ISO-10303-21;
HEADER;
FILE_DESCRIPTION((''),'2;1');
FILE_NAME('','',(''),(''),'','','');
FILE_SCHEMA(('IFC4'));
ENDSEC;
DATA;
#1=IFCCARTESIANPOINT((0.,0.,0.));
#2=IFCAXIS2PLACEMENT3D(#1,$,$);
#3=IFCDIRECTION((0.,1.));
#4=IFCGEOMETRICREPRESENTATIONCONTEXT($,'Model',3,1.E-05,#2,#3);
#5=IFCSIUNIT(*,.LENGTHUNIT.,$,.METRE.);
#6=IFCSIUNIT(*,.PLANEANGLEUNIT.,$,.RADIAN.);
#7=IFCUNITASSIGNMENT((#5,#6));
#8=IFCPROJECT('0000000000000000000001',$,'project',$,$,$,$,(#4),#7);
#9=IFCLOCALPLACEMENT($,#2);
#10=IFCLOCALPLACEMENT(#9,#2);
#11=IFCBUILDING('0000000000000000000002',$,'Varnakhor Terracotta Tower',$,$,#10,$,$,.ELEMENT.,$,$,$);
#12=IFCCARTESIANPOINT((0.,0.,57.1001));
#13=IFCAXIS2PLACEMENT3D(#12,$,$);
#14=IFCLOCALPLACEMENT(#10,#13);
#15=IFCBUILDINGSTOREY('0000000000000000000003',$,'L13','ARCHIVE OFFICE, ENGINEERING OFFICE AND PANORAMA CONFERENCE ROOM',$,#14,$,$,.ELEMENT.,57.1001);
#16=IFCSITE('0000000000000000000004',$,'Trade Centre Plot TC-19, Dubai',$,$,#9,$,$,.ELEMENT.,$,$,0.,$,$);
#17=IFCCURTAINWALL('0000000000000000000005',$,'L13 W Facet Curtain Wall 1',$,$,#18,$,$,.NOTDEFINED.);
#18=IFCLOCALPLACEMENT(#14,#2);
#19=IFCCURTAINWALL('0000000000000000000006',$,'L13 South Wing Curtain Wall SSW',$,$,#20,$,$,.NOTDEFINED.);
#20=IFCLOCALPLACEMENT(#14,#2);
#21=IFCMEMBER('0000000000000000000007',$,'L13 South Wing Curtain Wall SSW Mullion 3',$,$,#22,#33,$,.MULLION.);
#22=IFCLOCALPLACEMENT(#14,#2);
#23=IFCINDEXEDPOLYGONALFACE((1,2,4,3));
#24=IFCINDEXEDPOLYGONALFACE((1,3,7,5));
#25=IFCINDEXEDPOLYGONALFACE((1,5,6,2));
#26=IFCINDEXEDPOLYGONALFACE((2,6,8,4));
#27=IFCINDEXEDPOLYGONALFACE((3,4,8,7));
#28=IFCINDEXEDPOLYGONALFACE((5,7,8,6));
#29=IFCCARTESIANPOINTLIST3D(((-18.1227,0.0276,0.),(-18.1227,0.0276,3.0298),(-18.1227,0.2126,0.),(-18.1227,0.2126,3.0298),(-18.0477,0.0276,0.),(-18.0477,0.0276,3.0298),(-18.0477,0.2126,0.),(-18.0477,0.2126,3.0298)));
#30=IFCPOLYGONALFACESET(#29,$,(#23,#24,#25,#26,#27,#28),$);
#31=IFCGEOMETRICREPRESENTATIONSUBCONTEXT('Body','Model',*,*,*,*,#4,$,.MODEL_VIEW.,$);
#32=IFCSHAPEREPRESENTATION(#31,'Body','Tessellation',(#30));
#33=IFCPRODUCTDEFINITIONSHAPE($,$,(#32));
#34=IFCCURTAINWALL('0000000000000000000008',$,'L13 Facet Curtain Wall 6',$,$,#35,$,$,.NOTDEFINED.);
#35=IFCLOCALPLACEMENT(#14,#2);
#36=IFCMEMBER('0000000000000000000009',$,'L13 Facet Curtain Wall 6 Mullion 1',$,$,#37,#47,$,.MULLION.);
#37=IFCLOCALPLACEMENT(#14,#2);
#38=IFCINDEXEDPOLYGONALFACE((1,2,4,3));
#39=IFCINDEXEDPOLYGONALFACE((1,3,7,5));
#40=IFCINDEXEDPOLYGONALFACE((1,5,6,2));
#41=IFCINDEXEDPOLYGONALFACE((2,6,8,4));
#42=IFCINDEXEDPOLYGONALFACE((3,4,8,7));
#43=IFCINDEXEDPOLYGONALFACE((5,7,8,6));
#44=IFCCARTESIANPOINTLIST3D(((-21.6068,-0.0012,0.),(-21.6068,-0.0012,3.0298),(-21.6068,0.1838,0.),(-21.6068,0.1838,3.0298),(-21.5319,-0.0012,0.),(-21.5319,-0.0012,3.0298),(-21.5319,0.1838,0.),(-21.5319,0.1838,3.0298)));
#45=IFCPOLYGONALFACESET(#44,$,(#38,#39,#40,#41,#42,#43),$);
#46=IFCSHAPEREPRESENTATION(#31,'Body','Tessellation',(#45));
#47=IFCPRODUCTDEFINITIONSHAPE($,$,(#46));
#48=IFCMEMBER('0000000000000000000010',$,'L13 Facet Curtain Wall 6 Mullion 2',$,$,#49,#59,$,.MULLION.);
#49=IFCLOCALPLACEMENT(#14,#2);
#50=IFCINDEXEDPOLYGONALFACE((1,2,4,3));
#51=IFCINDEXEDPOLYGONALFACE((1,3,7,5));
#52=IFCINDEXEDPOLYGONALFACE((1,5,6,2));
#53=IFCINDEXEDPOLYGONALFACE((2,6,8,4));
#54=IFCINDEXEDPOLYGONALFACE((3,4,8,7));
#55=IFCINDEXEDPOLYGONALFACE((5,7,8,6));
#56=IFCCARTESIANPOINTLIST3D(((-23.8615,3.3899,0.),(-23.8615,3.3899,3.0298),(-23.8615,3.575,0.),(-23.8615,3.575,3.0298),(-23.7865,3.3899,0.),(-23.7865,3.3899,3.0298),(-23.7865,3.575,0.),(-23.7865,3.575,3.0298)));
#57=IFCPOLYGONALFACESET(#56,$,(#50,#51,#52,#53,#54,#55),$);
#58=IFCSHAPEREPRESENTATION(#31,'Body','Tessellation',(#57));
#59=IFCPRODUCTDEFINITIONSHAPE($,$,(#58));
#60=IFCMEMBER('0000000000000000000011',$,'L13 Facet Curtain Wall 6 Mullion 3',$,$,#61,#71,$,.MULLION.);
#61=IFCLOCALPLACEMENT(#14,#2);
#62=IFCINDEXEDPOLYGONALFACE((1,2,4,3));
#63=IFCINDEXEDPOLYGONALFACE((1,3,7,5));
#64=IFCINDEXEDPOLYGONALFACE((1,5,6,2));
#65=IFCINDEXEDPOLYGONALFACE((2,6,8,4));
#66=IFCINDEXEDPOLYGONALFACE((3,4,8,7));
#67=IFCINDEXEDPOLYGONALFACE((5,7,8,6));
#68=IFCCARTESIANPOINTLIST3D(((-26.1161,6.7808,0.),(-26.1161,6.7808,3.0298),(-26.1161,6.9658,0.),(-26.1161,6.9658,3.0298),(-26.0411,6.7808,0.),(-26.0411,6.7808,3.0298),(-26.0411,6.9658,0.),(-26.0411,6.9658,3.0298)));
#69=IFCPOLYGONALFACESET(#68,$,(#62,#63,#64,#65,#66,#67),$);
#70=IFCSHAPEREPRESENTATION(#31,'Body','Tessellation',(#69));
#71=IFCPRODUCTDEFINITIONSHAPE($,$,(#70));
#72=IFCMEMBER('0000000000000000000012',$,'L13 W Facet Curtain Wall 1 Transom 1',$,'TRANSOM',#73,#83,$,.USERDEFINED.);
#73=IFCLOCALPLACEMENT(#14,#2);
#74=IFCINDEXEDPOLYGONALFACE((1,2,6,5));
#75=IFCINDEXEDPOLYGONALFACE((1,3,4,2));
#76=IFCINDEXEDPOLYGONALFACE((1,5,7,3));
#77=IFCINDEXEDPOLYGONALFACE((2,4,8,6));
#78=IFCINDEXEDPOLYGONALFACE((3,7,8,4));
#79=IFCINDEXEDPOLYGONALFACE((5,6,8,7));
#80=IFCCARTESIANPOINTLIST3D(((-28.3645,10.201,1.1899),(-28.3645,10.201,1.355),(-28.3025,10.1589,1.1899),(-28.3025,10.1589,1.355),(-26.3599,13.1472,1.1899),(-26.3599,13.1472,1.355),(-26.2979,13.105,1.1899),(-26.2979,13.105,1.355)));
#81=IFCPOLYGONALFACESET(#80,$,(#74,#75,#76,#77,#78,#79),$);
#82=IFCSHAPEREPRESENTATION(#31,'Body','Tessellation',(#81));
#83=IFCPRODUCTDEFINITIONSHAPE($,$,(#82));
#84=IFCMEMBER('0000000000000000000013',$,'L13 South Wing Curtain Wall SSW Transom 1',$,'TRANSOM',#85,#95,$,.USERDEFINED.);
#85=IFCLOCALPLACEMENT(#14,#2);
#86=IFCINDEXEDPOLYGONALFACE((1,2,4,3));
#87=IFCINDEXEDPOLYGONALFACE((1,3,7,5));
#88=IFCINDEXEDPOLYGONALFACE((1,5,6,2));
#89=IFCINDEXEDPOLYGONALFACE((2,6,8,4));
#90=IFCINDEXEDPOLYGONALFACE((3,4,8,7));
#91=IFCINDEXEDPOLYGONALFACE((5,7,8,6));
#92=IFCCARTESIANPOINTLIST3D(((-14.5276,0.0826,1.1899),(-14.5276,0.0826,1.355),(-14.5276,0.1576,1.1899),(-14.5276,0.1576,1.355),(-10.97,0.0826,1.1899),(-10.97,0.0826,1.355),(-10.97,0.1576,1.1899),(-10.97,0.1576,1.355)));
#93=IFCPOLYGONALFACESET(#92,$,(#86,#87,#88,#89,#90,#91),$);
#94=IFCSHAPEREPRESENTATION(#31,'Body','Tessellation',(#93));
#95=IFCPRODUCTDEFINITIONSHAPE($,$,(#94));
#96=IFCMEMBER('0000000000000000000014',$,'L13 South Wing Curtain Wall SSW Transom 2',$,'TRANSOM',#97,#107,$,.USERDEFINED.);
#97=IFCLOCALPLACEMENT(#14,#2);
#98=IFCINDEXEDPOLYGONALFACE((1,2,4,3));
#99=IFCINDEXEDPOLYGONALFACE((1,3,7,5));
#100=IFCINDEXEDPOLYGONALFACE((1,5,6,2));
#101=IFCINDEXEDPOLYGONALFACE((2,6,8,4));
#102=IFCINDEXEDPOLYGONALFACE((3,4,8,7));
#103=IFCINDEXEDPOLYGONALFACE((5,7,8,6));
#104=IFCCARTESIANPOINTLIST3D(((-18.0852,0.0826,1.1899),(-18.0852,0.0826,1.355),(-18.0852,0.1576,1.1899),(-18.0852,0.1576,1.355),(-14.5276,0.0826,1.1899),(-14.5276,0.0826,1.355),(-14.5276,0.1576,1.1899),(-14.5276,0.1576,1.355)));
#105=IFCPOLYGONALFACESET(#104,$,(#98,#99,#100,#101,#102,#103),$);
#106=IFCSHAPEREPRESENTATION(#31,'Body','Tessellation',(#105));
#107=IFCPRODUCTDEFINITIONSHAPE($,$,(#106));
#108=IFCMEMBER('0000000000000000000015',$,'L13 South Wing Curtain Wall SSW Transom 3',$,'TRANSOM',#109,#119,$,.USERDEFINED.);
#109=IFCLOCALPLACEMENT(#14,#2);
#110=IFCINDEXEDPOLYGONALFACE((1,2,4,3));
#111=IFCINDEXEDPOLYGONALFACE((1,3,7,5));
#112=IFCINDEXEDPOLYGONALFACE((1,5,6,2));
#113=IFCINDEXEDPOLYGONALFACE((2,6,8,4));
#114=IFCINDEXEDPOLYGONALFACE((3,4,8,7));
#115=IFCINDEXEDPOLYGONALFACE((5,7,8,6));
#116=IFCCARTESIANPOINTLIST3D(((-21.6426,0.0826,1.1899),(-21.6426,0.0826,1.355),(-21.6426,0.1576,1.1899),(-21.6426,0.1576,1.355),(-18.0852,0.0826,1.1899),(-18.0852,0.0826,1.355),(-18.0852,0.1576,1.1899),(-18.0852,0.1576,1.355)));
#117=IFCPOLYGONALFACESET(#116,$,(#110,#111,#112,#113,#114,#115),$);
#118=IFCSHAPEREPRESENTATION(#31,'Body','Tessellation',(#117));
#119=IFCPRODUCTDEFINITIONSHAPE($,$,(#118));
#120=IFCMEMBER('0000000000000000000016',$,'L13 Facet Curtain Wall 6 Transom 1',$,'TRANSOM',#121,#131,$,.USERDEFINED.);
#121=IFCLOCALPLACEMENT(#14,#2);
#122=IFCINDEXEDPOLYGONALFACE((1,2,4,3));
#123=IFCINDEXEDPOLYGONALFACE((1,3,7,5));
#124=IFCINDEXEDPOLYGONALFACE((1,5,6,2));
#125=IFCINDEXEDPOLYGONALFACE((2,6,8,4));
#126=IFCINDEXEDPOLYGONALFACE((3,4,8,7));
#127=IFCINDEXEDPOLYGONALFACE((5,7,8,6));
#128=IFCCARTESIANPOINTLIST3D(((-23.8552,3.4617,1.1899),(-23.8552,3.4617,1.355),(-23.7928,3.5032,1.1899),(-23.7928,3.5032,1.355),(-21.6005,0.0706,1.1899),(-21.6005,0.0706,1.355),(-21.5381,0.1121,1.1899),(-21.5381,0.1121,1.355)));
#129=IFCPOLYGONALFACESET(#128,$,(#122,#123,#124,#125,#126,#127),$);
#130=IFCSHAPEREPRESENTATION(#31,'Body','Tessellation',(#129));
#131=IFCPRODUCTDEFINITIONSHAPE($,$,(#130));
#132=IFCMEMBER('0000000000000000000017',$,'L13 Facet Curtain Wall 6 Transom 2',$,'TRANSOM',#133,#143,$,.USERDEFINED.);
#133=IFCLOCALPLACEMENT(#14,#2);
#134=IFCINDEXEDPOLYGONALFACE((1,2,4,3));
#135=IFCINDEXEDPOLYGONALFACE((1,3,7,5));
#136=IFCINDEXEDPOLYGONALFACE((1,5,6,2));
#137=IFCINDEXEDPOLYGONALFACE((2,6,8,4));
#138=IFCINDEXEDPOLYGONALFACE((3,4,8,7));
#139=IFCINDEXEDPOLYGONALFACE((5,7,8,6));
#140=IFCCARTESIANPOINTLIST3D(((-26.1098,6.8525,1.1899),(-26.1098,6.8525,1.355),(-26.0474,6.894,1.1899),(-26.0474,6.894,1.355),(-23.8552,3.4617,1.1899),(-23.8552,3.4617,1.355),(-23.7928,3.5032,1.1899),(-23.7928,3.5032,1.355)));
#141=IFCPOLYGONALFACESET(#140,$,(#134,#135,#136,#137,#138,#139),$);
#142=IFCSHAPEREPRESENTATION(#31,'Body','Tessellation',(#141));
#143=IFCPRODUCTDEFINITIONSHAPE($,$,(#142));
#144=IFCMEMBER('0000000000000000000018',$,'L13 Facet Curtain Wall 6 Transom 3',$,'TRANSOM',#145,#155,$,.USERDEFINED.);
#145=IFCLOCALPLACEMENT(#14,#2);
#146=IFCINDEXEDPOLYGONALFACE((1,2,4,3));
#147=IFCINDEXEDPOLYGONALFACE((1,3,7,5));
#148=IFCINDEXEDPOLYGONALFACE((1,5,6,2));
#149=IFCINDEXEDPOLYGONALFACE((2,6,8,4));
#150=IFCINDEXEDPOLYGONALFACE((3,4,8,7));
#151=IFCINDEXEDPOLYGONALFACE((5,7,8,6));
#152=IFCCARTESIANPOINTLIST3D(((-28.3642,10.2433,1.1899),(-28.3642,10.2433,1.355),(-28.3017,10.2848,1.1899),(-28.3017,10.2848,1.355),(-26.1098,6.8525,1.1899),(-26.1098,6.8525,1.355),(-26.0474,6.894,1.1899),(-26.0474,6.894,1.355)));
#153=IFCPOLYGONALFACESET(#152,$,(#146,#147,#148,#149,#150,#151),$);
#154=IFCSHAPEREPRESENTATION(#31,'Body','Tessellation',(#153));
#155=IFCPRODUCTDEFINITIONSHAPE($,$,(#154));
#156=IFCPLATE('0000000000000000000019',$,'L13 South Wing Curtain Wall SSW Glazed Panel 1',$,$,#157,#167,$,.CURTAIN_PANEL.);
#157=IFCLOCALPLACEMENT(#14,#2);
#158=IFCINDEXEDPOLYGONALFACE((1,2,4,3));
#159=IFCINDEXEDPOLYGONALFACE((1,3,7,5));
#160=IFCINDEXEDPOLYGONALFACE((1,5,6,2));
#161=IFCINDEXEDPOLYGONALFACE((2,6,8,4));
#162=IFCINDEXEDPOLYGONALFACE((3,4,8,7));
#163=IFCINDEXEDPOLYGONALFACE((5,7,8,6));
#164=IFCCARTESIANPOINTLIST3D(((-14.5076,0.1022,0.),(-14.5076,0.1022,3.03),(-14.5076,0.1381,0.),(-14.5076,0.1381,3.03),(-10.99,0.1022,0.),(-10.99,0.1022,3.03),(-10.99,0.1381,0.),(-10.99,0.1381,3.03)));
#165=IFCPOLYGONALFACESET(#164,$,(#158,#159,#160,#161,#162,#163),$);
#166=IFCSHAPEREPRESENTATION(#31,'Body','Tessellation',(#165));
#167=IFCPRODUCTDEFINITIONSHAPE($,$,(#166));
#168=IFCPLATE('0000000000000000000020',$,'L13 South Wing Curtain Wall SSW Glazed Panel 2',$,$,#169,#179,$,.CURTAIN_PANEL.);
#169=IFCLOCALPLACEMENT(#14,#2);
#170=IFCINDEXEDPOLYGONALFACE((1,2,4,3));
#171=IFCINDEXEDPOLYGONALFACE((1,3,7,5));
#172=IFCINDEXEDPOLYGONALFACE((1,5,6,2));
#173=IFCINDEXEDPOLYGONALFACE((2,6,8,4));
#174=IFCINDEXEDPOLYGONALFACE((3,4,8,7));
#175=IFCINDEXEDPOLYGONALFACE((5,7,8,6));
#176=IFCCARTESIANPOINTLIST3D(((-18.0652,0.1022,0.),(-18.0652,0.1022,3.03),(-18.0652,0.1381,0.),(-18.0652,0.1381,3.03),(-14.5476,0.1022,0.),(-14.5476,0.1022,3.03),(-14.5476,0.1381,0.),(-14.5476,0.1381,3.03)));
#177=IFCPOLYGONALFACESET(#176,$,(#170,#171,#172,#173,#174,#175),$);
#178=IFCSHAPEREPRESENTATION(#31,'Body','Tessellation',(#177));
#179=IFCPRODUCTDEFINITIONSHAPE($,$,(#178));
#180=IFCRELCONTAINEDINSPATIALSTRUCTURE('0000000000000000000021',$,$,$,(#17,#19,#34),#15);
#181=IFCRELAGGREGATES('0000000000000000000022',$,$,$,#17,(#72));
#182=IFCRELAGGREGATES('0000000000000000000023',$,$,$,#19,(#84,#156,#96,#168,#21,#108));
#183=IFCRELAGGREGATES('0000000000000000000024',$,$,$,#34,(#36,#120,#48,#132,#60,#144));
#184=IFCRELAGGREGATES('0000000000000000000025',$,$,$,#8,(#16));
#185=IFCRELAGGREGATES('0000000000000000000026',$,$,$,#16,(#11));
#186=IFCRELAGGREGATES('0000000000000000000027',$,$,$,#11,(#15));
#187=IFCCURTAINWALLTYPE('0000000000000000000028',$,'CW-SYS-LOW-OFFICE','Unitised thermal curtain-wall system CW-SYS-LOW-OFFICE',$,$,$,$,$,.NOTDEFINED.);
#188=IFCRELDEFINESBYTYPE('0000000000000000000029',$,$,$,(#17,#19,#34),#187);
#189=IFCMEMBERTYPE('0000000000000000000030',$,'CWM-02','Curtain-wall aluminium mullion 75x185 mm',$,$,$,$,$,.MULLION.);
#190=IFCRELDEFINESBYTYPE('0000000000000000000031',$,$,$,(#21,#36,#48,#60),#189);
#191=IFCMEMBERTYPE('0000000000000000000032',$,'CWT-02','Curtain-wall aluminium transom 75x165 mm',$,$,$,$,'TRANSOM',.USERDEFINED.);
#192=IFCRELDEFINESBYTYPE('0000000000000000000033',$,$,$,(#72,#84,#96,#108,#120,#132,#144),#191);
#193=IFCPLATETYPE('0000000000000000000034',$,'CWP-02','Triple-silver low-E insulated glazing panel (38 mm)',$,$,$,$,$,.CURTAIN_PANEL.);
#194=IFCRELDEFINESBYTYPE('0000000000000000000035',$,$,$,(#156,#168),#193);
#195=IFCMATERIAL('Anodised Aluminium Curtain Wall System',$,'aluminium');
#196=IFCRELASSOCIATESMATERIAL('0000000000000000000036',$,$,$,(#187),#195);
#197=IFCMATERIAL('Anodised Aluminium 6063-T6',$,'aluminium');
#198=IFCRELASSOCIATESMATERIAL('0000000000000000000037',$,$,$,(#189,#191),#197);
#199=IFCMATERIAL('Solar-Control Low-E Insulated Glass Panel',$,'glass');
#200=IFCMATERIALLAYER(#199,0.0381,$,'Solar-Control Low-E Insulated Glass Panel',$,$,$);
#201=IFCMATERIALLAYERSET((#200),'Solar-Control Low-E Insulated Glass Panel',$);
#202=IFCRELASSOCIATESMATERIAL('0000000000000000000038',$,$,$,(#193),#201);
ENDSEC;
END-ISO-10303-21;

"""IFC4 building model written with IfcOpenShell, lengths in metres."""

from ifc_helpers import new_model, si_unit, direction, frame, origin, origin_2d, place, context, subcontext, project, spatial, rectangle, extrude, source, transform, mapped, material, layer, layer_set, material_profile, profile_set, type_object, element, aggregate, save


model = new_model("IFC4")

# Units and contexts
model_context = context("Model", 3, precision=1e-05, world=origin(), true_north=direction((0.0, 1.0)))
body_context = subcontext(model_context, "Body", "Model", "MODEL_VIEW")
ifc_project = project(units=[si_unit("LENGTHUNIT", "METRE"), si_unit("PLANEANGLEUNIT", "RADIAN")], contexts=[model_context])

# Site, building, storey
site_placement = place(None, origin())
site = spatial("IfcSite", under=ifc_project, at=site_placement, Name="Trade Centre Plot TC-19, Dubai", CompositionType="ELEMENT", RefElevation=0.0)
building_placement = place(site_placement, origin())
building = spatial("IfcBuilding", under=site, at=building_placement, Name="Varnakhor Terracotta Tower", CompositionType="ELEMENT")
storey_placement = place(building_placement, frame((0.0, 0.0, 57.1001)))
storey = spatial("IfcBuildingStorey", under=building, at=storey_placement, Name="L13", Description="ARCHIVE OFFICE, ENGINEERING OFFICE AND PANORAMA CONFERENCE ROOM", CompositionType="ELEMENT", Elevation=57.1001)

# Curtain wall
ifc_material_1 = material(Name="Anodised Aluminium Curtain Wall System", Category="aluminium")
curtain_wall_type = type_object("IfcCurtainWallType", Name="CW-SYS-LOW-OFFICE", Description="Unitised thermal curtain-wall system CW-SYS-LOW-OFFICE", PredefinedType="NOTDEFINED", material=ifc_material_1)
curtain_wall_1_placement = place(storey_placement, origin())
curtain_wall_1 = element("IfcCurtainWall", 1, at=curtain_wall_1_placement, inside=storey, type_object=curtain_wall_type, Name="L13 W Facet Curtain Wall 1", PredefinedType="NOTDEFINED")
ifc_material_2 = material(Name="Anodised Aluminium 6063-T6", Category="aluminium")
ifc_material_profile_1 = material_profile(ifc_material_2, rectangle(XDim=0.075, YDim=0.1851, at=origin_2d()), Name="ALU MULLION 75x185")
ifc_profile_set_1 = profile_set([ifc_material_profile_1], Name="Anodised Aluminium 6063-T6")
member_type_1 = type_object("IfcMemberType", Name="CWM-02", Description="Curtain-wall aluminium mullion 75x185 mm", PredefinedType="MULLION", material=ifc_profile_set_1)
shared_shape_1 = source(origin(), body_context, "Body", "SweptSolid", [
    extrude(rectangle(XDim=0.075, YDim=0.1851, at=origin_2d()), origin(), (0.0, 0.0, 1.0), 3.0298),
])

# Curtain walls, members
curtain_wall_2_placement = place(storey_placement, origin())
curtain_wall_2 = element("IfcCurtainWall", 2, at=curtain_wall_2_placement, inside=storey, type_object=curtain_wall_type, Name="L13 South Wing Curtain Wall SSW", PredefinedType="NOTDEFINED")
member_1_placement = place(storey_placement, frame((-18.0852, 0.1201, 0.0), z_axis=(0.0, 0.0, 1.0), x_axis=(1.0, 0.0, 0.0)))
member_1 = element("IfcMember", 3, at=member_1_placement, type_object=member_type_1, Name="L13 South Wing Curtain Wall SSW Mullion 3", PredefinedType="MULLION", context=body_context, shape_type="MappedRepresentation", body=[
    mapped(shared_shape_1, transform((0.0, 0.0, 0.0), scale=1.0)),
])
curtain_wall_3_placement = place(storey_placement, origin())
curtain_wall_3 = element("IfcCurtainWall", 4, at=curtain_wall_3_placement, inside=storey, type_object=curtain_wall_type, Name="L13 Facet Curtain Wall 6", PredefinedType="NOTDEFINED")
member_2_placement = place(storey_placement, frame((-21.5693, 0.0913, 0.0), z_axis=(0.0, 0.0, 1.0), x_axis=(1.0, 0.0, 0.0)))
member_2 = element("IfcMember", 5, at=member_2_placement, type_object=member_type_1, Name="L13 Facet Curtain Wall 6 Mullion 1", PredefinedType="MULLION", context=body_context, shape_type="MappedRepresentation", body=[
    mapped(shared_shape_1, transform((0.0, 0.0, 0.0), scale=1.0)),
])
member_3_placement = place(storey_placement, frame((-23.824, 3.4824, 0.0), z_axis=(0.0, 0.0, 1.0), x_axis=(1.0, 0.0, 0.0)))
member_3 = element("IfcMember", 6, at=member_3_placement, type_object=member_type_1, Name="L13 Facet Curtain Wall 6 Mullion 2", PredefinedType="MULLION", context=body_context, shape_type="MappedRepresentation", body=[
    mapped(shared_shape_1, transform((0.0, 0.0, 0.0), scale=1.0)),
])
member_4_placement = place(storey_placement, frame((-26.0786, 6.8733, 0.0), z_axis=(0.0, 0.0, 1.0), x_axis=(1.0, 0.0, 0.0)))
member_4 = element("IfcMember", 7, at=member_4_placement, type_object=member_type_1, Name="L13 Facet Curtain Wall 6 Mullion 3", PredefinedType="MULLION", context=body_context, shape_type="MappedRepresentation", body=[
    mapped(shared_shape_1, transform((0.0, 0.0, 0.0), scale=1.0)),
])

# Members
ifc_material_profile_2 = material_profile(ifc_material_2, rectangle(XDim=0.075, YDim=0.165, at=origin_2d()), Name="ALU TRANSOM 75x165")
ifc_profile_set_2 = profile_set([ifc_material_profile_2], Name="Anodised Aluminium 6063-T6")
member_type_2 = type_object("IfcMemberType", Name="CWT-02", Description="Curtain-wall aluminium transom 75x165 mm", ElementType="TRANSOM", PredefinedType="USERDEFINED", material=ifc_profile_set_2)
shared_shape_2 = source(origin(), body_context, "Body", "SweptSolid", [
    extrude(rectangle(XDim=0.075, YDim=0.165, at=origin_2d()), origin(), (0.0, 0.0, 1.0), 3.5635),
])
member_5_placement = place(storey_placement, frame((-28.3335, 10.1799, 1.2725), z_axis=(0.562533, 0.826775, 0.0), x_axis=(-0.826775, 0.562533, 0.0)))
member_5 = element("IfcMember", 8, at=member_5_placement, type_object=member_type_2, Name="L13 W Facet Curtain Wall 1 Transom 1", ObjectType="TRANSOM", PredefinedType="USERDEFINED", context=body_context, shape_type="MappedRepresentation", body=[
    mapped(shared_shape_2, transform((0.0, 0.0, 0.0), scale=1.0)),
])
aggregate(curtain_wall_1, [member_5])
shared_shape_3 = source(origin(), body_context, "Body", "SweptSolid", [
    extrude(rectangle(XDim=0.075, YDim=0.165, at=origin_2d()), origin(), (0.0, 0.0, 1.0), 3.5576),
])
member_6_placement = place(storey_placement, frame((-10.97, 0.1201, 1.2725), z_axis=(-1.0, 0.0, 0.0), x_axis=(0.0, -1.0, 0.0)))
member_6 = element("IfcMember", 9, at=member_6_placement, type_object=member_type_2, Name="L13 South Wing Curtain Wall SSW Transom 1", ObjectType="TRANSOM", PredefinedType="USERDEFINED", context=body_context, shape_type="MappedRepresentation", body=[
    mapped(shared_shape_3, transform((0.0, 0.0, 0.0), scale=1.0)),
])
member_7_placement = place(storey_placement, frame((-14.5276, 0.1201, 1.2725), z_axis=(-1.0, 0.0, 0.0), x_axis=(0.0, -1.0, 0.0)))
member_7 = element("IfcMember", 10, at=member_7_placement, type_object=member_type_2, Name="L13 South Wing Curtain Wall SSW Transom 2", ObjectType="TRANSOM", PredefinedType="USERDEFINED", context=body_context, shape_type="MappedRepresentation", body=[
    mapped(shared_shape_3, transform((0.0, 0.0, 0.0), scale=1.0)),
])
shared_shape_4 = source(origin(), body_context, "Body", "SweptSolid", [
    extrude(rectangle(XDim=0.075, YDim=0.165, at=origin_2d()), origin(), (0.0, 0.0, 1.0), 3.5574),
])
member_8_placement = place(storey_placement, frame((-18.0852, 0.1201, 1.2725), z_axis=(-1.0, 0.0, 0.0), x_axis=(0.0, -1.0, 0.0)))
member_8 = element("IfcMember", 11, at=member_8_placement, type_object=member_type_2, Name="L13 South Wing Curtain Wall SSW Transom 3", ObjectType="TRANSOM", PredefinedType="USERDEFINED", context=body_context, shape_type="MappedRepresentation", body=[
    mapped(shared_shape_4, transform((0.0, 0.0, 0.0), scale=1.0)),
])
shared_shape_5 = source(origin(), body_context, "Body", "SweptSolid", [
    extrude(rectangle(XDim=0.075, YDim=0.165, at=origin_2d()), origin(), (0.0, 0.0, 1.0), 4.0723),
])
member_9_placement = place(storey_placement, frame((-21.5693, 0.0913, 1.2725), z_axis=(-0.553662, 0.832741, 0.0), x_axis=(-0.832741, -0.553662, 0.0)))
member_9 = element("IfcMember", 12, at=member_9_placement, type_object=member_type_2, Name="L13 Facet Curtain Wall 6 Transom 1", ObjectType="TRANSOM", PredefinedType="USERDEFINED", context=body_context, shape_type="MappedRepresentation", body=[
    mapped(shared_shape_5, transform((0.0, 0.0, 0.0), scale=1.0)),
])
shared_shape_6 = source(origin(), body_context, "Body", "SweptSolid", [
    extrude(rectangle(XDim=0.075, YDim=0.165, at=origin_2d()), origin(), (0.0, 0.0, 1.0), 4.072),
])
member_10_placement = place(storey_placement, frame((-23.824, 3.4824, 1.2725), z_axis=(-0.55369, 0.832723, 0.0), x_axis=(-0.832723, -0.55369, 0.0)))
member_10 = element("IfcMember", 13, at=member_10_placement, type_object=member_type_2, Name="L13 Facet Curtain Wall 6 Transom 2", ObjectType="TRANSOM", PredefinedType="USERDEFINED", context=body_context, shape_type="MappedRepresentation", body=[
    mapped(shared_shape_6, transform((0.0, 0.0, 0.0), scale=1.0)),
])
shared_shape_7 = source(origin(), body_context, "Body", "SweptSolid", [
    extrude(rectangle(XDim=0.075, YDim=0.165, at=origin_2d()), origin(), (0.0, 0.0, 1.0), 4.0718),
])
member_11_placement = place(storey_placement, frame((-26.0786, 6.8733, 1.2725), z_axis=(-0.553648, 0.832751, 0.0), x_axis=(-0.832751, -0.553648, 0.0)))
member_11 = element("IfcMember", 14, at=member_11_placement, type_object=member_type_2, Name="L13 Facet Curtain Wall 6 Transom 3", ObjectType="TRANSOM", PredefinedType="USERDEFINED", context=body_context, shape_type="MappedRepresentation", body=[
    mapped(shared_shape_7, transform((0.0, 0.0, 0.0), scale=1.0)),
])

# Plates
ifc_material_3 = material(Name="Solar-Control Low-E Insulated Glass Panel", Category="glass")
ifc_layer_1 = layer(ifc_material_3, 0.0381, Name="Solar-Control Low-E Insulated Glass Panel")
ifc_layer_set_1 = layer_set([ifc_layer_1], Name="Solar-Control Low-E Insulated Glass Panel")
plate_type = type_object("IfcPlateType", Name="CWP-02", Description="Triple-silver low-E insulated glazing panel (38 mm)", PredefinedType="CURTAIN_PANEL", material=ifc_layer_set_1)
shared_shape_8 = source(origin(), body_context, "Body", "SweptSolid", [
    extrude(rectangle(XDim=3.5176, YDim=0.0359, at=origin_2d()), origin(), (0.0, 0.0, 1.0), 3.03),
])
plate_1_placement = place(storey_placement, frame((-12.7488, 0.1201, 0.0), z_axis=(0.0, 0.0, 1.0), x_axis=(-1.0, 0.0, 0.0)))
plate_1 = element("IfcPlate", 15, at=plate_1_placement, type_object=plate_type, Name="L13 South Wing Curtain Wall SSW Glazed Panel 1", PredefinedType="CURTAIN_PANEL", context=body_context, shape_type="MappedRepresentation", body=[
    mapped(shared_shape_8, transform((0.0, 0.0, 0.0), scale=1.0)),
])
plate_2_placement = place(storey_placement, frame((-16.3064, 0.1201, 0.0), z_axis=(0.0, 0.0, 1.0), x_axis=(-1.0, 0.0, 0.0)))
plate_2 = element("IfcPlate", 16, at=plate_2_placement, type_object=plate_type, Name="L13 South Wing Curtain Wall SSW Glazed Panel 2", PredefinedType="CURTAIN_PANEL", context=body_context, shape_type="MappedRepresentation", body=[
    mapped(shared_shape_8, transform((0.0, 0.0, 0.0), scale=1.0)),
])
aggregate(curtain_wall_2, [member_6, plate_1, member_7, plate_2, member_1, member_8])
aggregate(curtain_wall_3, [member_2, member_9, member_3, member_10, member_4, member_11])

save(model, "model.ifc")
